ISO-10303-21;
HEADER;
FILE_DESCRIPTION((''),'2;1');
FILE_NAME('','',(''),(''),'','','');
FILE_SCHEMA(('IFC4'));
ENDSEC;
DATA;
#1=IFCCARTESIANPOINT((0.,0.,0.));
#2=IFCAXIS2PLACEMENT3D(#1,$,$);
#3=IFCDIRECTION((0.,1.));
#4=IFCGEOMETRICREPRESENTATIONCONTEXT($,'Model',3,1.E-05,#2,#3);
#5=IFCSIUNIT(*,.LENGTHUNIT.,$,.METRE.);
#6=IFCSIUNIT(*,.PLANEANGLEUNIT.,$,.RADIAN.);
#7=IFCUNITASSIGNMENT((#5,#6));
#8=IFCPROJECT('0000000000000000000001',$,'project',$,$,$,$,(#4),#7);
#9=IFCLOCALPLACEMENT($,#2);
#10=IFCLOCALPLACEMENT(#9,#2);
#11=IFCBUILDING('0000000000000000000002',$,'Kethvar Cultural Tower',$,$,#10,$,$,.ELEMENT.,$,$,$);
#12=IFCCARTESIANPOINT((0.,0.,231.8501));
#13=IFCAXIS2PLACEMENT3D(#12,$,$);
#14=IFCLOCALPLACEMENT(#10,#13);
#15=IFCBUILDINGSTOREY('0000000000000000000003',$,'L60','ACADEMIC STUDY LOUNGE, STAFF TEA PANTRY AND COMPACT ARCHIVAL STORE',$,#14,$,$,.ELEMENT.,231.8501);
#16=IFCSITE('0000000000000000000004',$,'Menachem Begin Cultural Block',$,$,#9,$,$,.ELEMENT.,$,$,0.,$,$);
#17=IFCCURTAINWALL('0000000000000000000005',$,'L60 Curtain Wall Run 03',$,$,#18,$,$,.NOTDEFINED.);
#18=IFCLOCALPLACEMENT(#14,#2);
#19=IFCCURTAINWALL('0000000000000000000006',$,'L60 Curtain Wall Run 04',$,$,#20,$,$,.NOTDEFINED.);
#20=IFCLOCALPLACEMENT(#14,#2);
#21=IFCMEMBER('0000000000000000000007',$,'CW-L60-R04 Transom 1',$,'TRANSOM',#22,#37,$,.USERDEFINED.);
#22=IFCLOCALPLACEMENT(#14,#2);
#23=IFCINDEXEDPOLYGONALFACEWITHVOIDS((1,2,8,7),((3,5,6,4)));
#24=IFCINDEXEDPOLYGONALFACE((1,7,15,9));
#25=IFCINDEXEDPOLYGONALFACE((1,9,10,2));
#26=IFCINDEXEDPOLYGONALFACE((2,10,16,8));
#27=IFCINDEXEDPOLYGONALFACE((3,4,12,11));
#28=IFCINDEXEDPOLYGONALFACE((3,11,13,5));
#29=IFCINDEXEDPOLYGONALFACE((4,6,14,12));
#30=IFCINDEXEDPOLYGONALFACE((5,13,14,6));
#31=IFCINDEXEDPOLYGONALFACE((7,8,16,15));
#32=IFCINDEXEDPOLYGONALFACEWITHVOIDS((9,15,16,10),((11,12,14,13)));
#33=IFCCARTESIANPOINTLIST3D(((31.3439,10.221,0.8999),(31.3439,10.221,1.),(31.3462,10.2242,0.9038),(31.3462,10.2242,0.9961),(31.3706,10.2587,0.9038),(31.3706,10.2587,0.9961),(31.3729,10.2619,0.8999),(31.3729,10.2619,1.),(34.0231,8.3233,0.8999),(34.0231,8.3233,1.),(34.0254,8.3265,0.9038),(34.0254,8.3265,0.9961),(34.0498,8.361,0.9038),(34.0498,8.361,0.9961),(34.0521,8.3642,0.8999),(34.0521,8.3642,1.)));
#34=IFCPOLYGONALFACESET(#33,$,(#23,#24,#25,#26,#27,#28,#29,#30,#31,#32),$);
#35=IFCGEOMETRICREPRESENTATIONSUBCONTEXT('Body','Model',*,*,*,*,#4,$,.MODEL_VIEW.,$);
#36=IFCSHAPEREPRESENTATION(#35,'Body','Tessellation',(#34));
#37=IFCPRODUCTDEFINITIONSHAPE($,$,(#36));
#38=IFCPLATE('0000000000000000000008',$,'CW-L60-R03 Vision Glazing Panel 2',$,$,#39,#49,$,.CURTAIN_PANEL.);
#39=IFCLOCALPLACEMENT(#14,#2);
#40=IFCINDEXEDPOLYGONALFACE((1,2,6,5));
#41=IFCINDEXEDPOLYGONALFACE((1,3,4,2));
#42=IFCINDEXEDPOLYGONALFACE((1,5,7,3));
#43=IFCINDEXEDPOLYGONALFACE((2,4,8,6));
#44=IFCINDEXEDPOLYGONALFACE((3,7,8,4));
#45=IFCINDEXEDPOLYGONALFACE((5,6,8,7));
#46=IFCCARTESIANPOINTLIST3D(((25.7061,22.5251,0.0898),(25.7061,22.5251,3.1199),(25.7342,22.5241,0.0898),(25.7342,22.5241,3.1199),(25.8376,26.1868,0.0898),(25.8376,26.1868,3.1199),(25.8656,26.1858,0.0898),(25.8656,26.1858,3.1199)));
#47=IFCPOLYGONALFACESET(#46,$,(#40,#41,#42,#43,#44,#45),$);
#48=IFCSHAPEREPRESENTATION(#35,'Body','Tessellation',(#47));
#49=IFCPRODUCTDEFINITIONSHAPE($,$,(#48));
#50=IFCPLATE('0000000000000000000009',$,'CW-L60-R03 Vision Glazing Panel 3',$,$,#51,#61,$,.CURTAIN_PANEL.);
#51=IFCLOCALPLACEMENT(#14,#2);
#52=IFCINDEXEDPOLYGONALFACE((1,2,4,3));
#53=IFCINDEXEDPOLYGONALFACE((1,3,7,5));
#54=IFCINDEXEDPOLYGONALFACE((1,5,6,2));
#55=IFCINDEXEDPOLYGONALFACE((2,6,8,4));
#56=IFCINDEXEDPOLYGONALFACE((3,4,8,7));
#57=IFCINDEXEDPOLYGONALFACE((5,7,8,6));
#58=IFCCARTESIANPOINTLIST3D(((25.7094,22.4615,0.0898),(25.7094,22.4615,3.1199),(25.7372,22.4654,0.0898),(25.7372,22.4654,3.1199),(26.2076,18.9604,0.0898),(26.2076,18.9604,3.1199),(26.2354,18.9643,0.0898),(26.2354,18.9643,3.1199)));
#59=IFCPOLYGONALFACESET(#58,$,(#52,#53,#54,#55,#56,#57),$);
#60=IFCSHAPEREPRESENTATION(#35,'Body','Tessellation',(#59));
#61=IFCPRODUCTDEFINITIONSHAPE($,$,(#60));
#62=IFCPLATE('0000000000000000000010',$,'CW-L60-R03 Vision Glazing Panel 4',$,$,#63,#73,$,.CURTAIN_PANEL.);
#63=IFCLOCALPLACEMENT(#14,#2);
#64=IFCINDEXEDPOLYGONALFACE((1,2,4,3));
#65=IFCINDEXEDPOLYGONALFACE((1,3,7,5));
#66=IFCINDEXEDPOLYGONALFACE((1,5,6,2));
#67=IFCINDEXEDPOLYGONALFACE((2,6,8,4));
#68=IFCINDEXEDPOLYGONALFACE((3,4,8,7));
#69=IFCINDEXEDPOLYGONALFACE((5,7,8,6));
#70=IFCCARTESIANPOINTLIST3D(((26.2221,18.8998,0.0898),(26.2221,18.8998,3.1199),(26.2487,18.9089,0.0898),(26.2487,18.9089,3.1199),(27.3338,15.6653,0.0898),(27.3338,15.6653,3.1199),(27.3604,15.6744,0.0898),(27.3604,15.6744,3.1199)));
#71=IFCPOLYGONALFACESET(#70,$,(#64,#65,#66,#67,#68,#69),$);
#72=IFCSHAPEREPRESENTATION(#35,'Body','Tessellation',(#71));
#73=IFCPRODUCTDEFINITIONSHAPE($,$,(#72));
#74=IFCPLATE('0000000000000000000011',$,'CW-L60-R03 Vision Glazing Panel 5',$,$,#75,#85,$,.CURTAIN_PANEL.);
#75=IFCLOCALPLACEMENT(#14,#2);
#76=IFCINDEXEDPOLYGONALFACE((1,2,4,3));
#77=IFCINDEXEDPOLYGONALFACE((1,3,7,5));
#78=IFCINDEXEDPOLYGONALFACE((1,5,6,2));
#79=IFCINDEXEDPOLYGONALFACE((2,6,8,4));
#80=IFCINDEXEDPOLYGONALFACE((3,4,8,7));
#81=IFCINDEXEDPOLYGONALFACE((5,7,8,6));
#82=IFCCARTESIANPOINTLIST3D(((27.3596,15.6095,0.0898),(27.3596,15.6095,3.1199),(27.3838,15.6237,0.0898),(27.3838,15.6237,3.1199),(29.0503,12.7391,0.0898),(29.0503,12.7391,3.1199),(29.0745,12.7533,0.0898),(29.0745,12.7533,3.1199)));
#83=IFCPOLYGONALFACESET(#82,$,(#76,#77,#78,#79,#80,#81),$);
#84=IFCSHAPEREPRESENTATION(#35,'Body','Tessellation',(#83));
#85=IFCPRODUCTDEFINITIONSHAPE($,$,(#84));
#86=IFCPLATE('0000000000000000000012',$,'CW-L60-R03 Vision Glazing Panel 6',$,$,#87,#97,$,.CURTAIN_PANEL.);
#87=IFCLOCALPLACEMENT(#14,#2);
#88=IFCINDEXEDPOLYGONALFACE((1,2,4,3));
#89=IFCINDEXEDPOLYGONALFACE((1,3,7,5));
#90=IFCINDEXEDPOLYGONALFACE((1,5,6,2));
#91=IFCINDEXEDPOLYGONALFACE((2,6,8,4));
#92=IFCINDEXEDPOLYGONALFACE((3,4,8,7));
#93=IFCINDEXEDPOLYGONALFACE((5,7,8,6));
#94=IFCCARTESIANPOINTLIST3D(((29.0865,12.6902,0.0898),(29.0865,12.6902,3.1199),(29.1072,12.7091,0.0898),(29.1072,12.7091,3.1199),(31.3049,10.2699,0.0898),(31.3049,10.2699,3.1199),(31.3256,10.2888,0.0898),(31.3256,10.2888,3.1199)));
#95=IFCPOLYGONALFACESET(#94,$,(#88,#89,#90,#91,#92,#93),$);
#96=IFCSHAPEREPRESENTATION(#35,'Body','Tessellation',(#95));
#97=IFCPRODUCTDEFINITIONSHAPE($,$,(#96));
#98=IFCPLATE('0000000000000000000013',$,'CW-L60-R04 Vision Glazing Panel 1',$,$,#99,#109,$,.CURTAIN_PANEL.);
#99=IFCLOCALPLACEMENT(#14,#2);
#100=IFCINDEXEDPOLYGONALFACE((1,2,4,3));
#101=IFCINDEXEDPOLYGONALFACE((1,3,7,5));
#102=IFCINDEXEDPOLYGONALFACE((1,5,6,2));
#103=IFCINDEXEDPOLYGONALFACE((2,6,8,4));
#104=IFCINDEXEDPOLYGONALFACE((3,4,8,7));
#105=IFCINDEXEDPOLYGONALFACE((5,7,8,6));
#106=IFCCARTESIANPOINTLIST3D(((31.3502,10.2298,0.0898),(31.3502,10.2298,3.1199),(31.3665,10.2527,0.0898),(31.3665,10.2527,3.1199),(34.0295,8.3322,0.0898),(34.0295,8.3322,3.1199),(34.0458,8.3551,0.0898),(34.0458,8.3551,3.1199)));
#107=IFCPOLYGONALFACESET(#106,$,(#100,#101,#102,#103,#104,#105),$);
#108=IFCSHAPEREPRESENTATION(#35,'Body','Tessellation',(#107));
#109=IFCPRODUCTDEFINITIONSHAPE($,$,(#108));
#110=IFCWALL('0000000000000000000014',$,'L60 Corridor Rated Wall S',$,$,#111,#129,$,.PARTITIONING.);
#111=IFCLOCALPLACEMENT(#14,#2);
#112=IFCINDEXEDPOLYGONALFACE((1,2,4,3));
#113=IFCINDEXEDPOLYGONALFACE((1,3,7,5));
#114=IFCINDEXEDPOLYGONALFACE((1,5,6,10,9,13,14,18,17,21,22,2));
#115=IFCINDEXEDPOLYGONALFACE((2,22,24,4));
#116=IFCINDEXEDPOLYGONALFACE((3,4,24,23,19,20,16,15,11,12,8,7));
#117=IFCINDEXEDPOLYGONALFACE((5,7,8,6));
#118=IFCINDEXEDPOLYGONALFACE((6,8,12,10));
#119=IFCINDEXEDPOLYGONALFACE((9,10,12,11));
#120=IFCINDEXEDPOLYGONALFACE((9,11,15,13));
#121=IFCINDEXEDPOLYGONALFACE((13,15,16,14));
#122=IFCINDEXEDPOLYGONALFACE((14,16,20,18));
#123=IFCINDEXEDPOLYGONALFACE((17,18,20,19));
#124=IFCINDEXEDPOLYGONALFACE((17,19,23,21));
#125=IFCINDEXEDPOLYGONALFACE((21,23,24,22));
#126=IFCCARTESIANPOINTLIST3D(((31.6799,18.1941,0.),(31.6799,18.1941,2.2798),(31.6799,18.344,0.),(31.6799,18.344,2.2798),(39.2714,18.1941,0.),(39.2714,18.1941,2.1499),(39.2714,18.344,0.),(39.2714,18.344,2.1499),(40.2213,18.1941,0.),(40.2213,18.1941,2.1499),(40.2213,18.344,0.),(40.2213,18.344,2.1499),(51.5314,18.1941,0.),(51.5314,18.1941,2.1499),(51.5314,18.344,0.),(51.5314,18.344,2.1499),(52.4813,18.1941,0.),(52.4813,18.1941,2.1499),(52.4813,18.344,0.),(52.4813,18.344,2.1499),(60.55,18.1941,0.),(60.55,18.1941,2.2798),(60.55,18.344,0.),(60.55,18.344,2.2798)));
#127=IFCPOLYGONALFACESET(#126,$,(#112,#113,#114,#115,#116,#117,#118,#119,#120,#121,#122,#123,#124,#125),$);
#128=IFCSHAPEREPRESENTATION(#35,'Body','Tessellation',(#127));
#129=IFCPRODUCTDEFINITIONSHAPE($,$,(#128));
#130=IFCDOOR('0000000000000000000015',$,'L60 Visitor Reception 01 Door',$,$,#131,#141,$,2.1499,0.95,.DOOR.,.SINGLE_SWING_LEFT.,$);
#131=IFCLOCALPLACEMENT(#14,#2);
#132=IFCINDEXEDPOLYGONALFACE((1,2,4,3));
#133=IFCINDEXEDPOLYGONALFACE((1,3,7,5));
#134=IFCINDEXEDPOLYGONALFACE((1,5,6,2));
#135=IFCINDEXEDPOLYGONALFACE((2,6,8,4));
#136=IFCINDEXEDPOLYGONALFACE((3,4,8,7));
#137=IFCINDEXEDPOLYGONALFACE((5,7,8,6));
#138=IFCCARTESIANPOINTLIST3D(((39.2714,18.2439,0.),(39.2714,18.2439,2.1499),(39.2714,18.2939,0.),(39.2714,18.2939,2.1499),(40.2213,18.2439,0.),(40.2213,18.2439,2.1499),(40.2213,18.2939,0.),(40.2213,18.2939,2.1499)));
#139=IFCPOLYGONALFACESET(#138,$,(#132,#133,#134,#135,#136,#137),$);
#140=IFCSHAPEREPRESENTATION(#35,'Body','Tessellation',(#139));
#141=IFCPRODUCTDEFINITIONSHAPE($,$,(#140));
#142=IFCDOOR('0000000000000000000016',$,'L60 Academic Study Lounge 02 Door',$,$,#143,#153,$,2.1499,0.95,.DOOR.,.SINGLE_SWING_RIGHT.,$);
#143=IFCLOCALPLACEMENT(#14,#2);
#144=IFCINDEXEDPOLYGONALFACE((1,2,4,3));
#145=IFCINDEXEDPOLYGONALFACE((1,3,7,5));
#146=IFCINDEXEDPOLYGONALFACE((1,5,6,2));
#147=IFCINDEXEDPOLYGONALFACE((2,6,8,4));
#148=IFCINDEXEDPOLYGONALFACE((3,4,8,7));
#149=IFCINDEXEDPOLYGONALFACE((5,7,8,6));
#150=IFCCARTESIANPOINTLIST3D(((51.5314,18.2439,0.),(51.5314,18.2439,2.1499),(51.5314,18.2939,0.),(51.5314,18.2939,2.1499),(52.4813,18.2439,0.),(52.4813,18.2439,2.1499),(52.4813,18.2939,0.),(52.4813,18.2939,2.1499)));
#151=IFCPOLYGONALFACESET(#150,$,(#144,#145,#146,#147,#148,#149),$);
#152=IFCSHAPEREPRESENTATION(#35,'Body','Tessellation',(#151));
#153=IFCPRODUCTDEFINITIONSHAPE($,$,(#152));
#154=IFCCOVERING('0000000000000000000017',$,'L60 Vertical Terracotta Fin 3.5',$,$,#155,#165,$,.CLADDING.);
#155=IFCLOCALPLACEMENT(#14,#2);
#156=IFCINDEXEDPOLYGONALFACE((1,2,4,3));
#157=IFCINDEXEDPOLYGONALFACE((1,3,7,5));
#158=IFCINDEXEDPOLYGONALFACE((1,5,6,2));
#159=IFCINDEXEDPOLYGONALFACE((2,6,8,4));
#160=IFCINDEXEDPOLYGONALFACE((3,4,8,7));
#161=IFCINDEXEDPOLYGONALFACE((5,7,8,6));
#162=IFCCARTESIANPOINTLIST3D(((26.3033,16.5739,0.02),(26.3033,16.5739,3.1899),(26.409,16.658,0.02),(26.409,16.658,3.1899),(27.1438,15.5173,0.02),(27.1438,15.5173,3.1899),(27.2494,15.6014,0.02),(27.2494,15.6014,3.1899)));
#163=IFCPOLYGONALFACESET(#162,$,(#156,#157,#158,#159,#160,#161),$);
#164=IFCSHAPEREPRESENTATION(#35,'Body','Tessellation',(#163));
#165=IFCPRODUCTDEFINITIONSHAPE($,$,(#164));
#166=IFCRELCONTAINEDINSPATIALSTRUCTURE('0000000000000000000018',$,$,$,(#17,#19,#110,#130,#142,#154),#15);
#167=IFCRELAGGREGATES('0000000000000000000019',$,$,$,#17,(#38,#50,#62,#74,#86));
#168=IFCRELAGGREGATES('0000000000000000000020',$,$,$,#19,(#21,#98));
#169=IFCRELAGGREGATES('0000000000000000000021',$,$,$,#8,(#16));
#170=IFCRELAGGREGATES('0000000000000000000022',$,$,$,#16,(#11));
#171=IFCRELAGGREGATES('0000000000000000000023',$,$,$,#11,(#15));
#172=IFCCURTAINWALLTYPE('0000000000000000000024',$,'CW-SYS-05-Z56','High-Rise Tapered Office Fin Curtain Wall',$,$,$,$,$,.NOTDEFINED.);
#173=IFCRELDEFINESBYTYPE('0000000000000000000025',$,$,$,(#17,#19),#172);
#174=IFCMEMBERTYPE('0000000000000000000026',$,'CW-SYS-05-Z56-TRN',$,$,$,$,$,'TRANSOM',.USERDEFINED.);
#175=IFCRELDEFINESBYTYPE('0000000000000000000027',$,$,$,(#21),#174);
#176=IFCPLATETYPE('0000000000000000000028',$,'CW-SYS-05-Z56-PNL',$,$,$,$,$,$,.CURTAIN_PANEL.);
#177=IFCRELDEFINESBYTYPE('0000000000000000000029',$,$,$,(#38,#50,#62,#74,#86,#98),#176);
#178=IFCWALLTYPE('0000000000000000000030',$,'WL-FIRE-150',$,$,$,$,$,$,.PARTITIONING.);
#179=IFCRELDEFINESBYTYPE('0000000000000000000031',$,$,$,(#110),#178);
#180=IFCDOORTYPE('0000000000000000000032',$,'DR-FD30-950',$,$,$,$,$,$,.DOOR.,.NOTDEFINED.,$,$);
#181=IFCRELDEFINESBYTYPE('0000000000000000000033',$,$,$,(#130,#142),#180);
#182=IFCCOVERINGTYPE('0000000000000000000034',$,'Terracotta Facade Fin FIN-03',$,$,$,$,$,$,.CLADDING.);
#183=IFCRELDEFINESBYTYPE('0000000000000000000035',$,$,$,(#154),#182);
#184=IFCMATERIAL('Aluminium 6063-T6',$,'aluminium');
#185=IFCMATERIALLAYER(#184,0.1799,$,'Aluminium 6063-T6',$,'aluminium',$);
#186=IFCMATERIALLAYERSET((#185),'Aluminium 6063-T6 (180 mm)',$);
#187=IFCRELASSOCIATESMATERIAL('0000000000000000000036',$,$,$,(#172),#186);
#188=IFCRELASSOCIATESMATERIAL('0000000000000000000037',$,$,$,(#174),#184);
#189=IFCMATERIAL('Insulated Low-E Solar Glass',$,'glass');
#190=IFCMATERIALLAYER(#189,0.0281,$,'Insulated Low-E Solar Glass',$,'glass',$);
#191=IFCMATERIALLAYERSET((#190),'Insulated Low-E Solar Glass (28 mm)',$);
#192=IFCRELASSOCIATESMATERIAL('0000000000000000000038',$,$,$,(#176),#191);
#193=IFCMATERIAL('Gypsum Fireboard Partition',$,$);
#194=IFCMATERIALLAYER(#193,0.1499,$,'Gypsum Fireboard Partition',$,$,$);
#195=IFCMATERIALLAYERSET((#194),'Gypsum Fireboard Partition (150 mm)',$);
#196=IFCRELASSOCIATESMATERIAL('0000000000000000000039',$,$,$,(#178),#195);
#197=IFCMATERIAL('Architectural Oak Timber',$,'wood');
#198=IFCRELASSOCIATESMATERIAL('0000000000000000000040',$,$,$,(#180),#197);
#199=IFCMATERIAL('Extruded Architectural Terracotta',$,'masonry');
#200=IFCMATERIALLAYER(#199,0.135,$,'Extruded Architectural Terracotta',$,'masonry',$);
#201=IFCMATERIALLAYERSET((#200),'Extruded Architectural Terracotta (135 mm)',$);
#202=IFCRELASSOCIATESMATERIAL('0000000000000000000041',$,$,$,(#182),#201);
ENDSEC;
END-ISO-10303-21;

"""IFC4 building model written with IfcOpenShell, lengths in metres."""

from ifc_helpers import new_model, si_unit, direction, frame, frame_2d, origin, origin_2d, place, context, subcontext, project, spatial, rectangle, hollow_rectangle, extrude, source, transform, mapped, material, layer, layer_set, material_profile, profile_set, type_object, element, fill, aggregate, save


model = new_model("IFC4")

# Units and contexts
model_context = context("Model", 3, precision=1e-05, world=origin(), true_north=direction((0.0, 1.0)))
body_context = subcontext(model_context, "Body", "Model", "MODEL_VIEW")
ifc_project = project(units=[si_unit("LENGTHUNIT", "METRE"), si_unit("PLANEANGLEUNIT", "RADIAN")], contexts=[model_context])

# Site, building, storey
site_placement = place(None, origin())
site = spatial("IfcSite", under=ifc_project, at=site_placement, Name="Menachem Begin Cultural Block", CompositionType="ELEMENT", RefElevation=0.0)
building_placement = place(site_placement, origin())
building = spatial("IfcBuilding", under=site, at=building_placement, Name="Kethvar Cultural Tower", CompositionType="ELEMENT")
storey_placement = place(building_placement, frame((0.0, 0.0, 231.8501)))
storey = spatial("IfcBuildingStorey", under=building, at=storey_placement, Name="L60", Description="ACADEMIC STUDY LOUNGE, STAFF TEA PANTRY AND COMPACT ARCHIVAL STORE", CompositionType="ELEMENT", Elevation=231.8501)

# Curtain wall
ifc_material_1 = material(Name="Aluminium 6063-T6", Category="aluminium")
ifc_layer_1 = layer(ifc_material_1, 0.1799, Name="Aluminium 6063-T6", Category="aluminium")
ifc_layer_set_1 = layer_set([ifc_layer_1], Name="Aluminium 6063-T6 (180 mm)")
curtain_wall_type = type_object("IfcCurtainWallType", Name="CW-SYS-05-Z56", Description="High-Rise Tapered Office Fin Curtain Wall", PredefinedType="NOTDEFINED", material=ifc_layer_set_1)
curtain_wall_1_placement = place(storey_placement, origin())
curtain_wall_1 = element("IfcCurtainWall", 1, at=curtain_wall_1_placement, inside=storey, type_object=curtain_wall_type, Name="L60 Curtain Wall Run 03", PredefinedType="NOTDEFINED")
ifc_material_profile_1 = material_profile(ifc_material_1, hollow_rectangle(XDim=0.05, YDim=0.1001, WallThickness=0.0039, at=origin_2d()), Name="Aluminium 6063-T6 — RHS100x50x4")
ifc_profile_set_1 = profile_set([ifc_material_profile_1], Name="Aluminium 6063-T6 — RHS100x50x4")
member_type_1 = type_object("IfcMemberType", Name="CW-SYS-05-Z56-TRN", ElementType="TRANSOM", PredefinedType="USERDEFINED", material=ifc_profile_set_1)
shared_shape_1 = source(origin(), body_context, "Body", "SweptSolid", [
    extrude(hollow_rectangle(XDim=0.05, YDim=0.1001, WallThickness=0.0039, at=origin_2d()), origin(), (0.0, 0.0, 1.0), 3.2832),
])

# Curtain wall, member
curtain_wall_2_placement = place(storey_placement, origin())
curtain_wall_2 = element("IfcCurtainWall", 2, at=curtain_wall_2_placement, inside=storey, type_object=curtain_wall_type, Name="L60 Curtain Wall Run 04", PredefinedType="NOTDEFINED")
member_1_placement = place(storey_placement, frame((31.3584, 10.2415, 0.95), z_axis=(0.816033, -0.578005, 0.0), x_axis=(0.578005, 0.816033, 0.0)))
member_1 = element("IfcMember", 3, at=member_1_placement, type_object=member_type_1, Name="CW-L60-R04 Transom 1", ObjectType="TRANSOM", PredefinedType="USERDEFINED", context=body_context, shape_type="MappedRepresentation", body=[
    mapped(shared_shape_1, transform((0.0, 0.0, 0.0), scale=1.0)),
])

# Plates
ifc_material_2 = material(Name="Insulated Low-E Solar Glass", Category="glass")
ifc_layer_2 = layer(ifc_material_2, 0.0281, Name="Insulated Low-E Solar Glass", Category="glass")
ifc_layer_set_2 = layer_set([ifc_layer_2], Name="Insulated Low-E Solar Glass (28 mm)")
plate_type = type_object("IfcPlateType", Name="CW-SYS-05-Z56-PNL", PredefinedType="CURTAIN_PANEL", material=ifc_layer_set_2)
shared_shape_2 = source(origin(), body_context, "Body", "SweptSolid", [
    extrude(rectangle(XDim=3.6641, YDim=0.0281, at=origin_2d()), origin(), (0.0, 0.0, 1.0), 3.03),
])
plate_1_placement = place(storey_placement, frame((25.7859, 24.3555, 0.0898), z_axis=(0.0, 0.0, 1.0), x_axis=(-0.035876, -0.999356, 0.0)))
plate_1 = element("IfcPlate", 4, at=plate_1_placement, type_object=plate_type, Name="CW-L60-R03 Vision Glazing Panel 2", PredefinedType="CURTAIN_PANEL", context=body_context, shape_type="MappedRepresentation", body=[
    mapped(shared_shape_2, transform((0.0, 0.0, 0.0), scale=1.0)),
])
shared_shape_3 = source(origin(), body_context, "Body", "SweptSolid", [
    extrude(rectangle(XDim=3.5364, YDim=0.0281, at=origin_2d()), origin(), (0.0, 0.0, 1.0), 3.03),
])
plate_2_placement = place(storey_placement, frame((25.9724, 20.7129, 0.0898), z_axis=(0.0, 0.0, 1.0), x_axis=(0.140867, -0.990029, 0.0)))
plate_2 = element("IfcPlate", 5, at=plate_2_placement, type_object=plate_type, Name="CW-L60-R03 Vision Glazing Panel 3", PredefinedType="CURTAIN_PANEL", context=body_context, shape_type="MappedRepresentation", body=[
    mapped(shared_shape_3, transform((0.0, 0.0, 0.0), scale=1.0)),
])
shared_shape_4 = source(origin(), body_context, "Body", "SweptSolid", [
    extrude(rectangle(XDim=3.4202, YDim=0.0281, at=origin_2d()), origin(), (0.0, 0.0, 1.0), 3.03),
])
plate_3_placement = place(storey_placement, frame((26.7913, 17.2871, 0.0898), z_axis=(0.0, 0.0, 1.0), x_axis=(0.32504, -0.9457, 0.0)))
plate_3 = element("IfcPlate", 6, at=plate_3_placement, type_object=plate_type, Name="CW-L60-R03 Vision Glazing Panel 4", PredefinedType="CURTAIN_PANEL", context=body_context, shape_type="MappedRepresentation", body=[
    mapped(shared_shape_4, transform((0.0, 0.0, 0.0), scale=1.0)),
])
shared_shape_5 = source(origin(), body_context, "Body", "SweptSolid", [
    extrude(rectangle(XDim=3.3313, YDim=0.0281, at=origin_2d()), origin(), (0.0, 0.0, 1.0), 3.03),
])
plate_4_placement = place(storey_placement, frame((28.217, 14.1814, 0.0898), z_axis=(0.0, 0.0, 1.0), x_axis=(0.507523, -0.861638, 0.0)))
plate_4 = element("IfcPlate", 7, at=plate_4_placement, type_object=plate_type, Name="CW-L60-R03 Vision Glazing Panel 5", PredefinedType="CURTAIN_PANEL", context=body_context, shape_type="MappedRepresentation", body=[
    mapped(shared_shape_5, transform((0.0, 0.0, 0.0), scale=1.0)),
])
shared_shape_6 = source(origin(), body_context, "Body", "SweptSolid", [
    extrude(rectangle(XDim=3.2832, YDim=0.0281, at=origin_2d()), origin(), (0.0, 0.0, 1.0), 3.03),
])
plate_5_placement = place(storey_placement, frame((30.2061, 11.4895, 0.0898), z_axis=(0.0, 0.0, 1.0), x_axis=(0.675706, -0.737171, 0.0)))
plate_5 = element("IfcPlate", 8, at=plate_5_placement, type_object=plate_type, Name="CW-L60-R03 Vision Glazing Panel 6", PredefinedType="CURTAIN_PANEL", context=body_context, shape_type="MappedRepresentation", body=[
    mapped(shared_shape_6, transform((0.0, 0.0, 0.0), scale=1.0)),
])
aggregate(curtain_wall_1, [plate_1, plate_2, plate_3, plate_4, plate_5])
plate_6_placement = place(storey_placement, frame((32.698, 9.2925, 0.0898), z_axis=(0.0, 0.0, 1.0), x_axis=(0.816057, -0.577972, 0.0)))
plate_6 = element("IfcPlate", 9, at=plate_6_placement, type_object=plate_type, Name="CW-L60-R04 Vision Glazing Panel 1", PredefinedType="CURTAIN_PANEL", context=body_context, shape_type="MappedRepresentation", body=[
    mapped(shared_shape_6, transform((0.0, 0.0, 0.0), scale=1.0)),
])
aggregate(curtain_wall_2, [member_1, plate_6])

# Wall, openings, doors
ifc_material_3 = material(Name="Gypsum Fireboard Partition")
ifc_layer_3 = layer(ifc_material_3, 0.1499, Name="Gypsum Fireboard Partition")
ifc_layer_set_3 = layer_set([ifc_layer_3], Name="Gypsum Fireboard Partition (150 mm)")
wall_type = type_object("IfcWallType", Name="WL-FIRE-150", PredefinedType="PARTITIONING", material=ifc_layer_set_3)
wall_placement = place(storey_placement, frame((31.6799, 18.269, 0.0), z_axis=(0.0, 0.0, 1.0), x_axis=(1.0, 0.0, 0.0)))
wall = element("IfcWall", 10, at=wall_placement, inside=storey, type_object=wall_type, Name="L60 Corridor Rated Wall S", PredefinedType="PARTITIONING", context=body_context, shape_type="SweptSolid", body=[
    extrude(rectangle(XDim=28.8701, YDim=0.1499, at=frame_2d((14.4351, 0.0))), origin(), (0.0, 0.0, 1.0), 2.2798),
])
opening_1_placement = place(wall_placement, frame((7.5913, 0.0, 0.0)))
opening_1 = element("IfcOpeningElement", 11, at=opening_1_placement, cuts=wall, PredefinedType="OPENING", context=body_context, shape_type="SweptSolid", body=[
    extrude(rectangle(XDim=0.95, YDim=2.1499, at=frame_2d((0.4751, 1.075))), frame((0.0, 0.085, 0.0), z_axis=(0.0, -1.0, 0.0), x_axis=(1.0, 0.0, 0.0)), (0.0, 0.0, 1.0), 0.1699),
])
opening_2_placement = place(wall_placement, frame((19.8513, 0.0, 0.0)))
opening_2 = element("IfcOpeningElement", 12, at=opening_2_placement, cuts=wall, PredefinedType="OPENING", context=body_context, shape_type="SweptSolid", body=[
    extrude(rectangle(XDim=0.95, YDim=2.1499, at=frame_2d((0.4751, 1.075))), frame((0.0, 0.085, 0.0), z_axis=(0.0, -1.0, 0.0), x_axis=(1.0, 0.0, 0.0)), (0.0, 0.0, 1.0), 0.1699),
])
ifc_material_4 = material(Name="Architectural Oak Timber", Category="wood")
door_type = type_object("IfcDoorType", Name="DR-FD30-950", OperationType="NOTDEFINED", PredefinedType="DOOR", material=ifc_material_4)
shared_shape_7 = source(origin(), body_context, "Body", "SweptSolid", [
    extrude(rectangle(XDim=0.95, YDim=2.1499, at=frame_2d((0.4751, 1.075))), frame((0.0, 0.0249, 0.0), z_axis=(0.0, -1.0, 0.0), x_axis=(1.0, 0.0, 0.0)), (0.0, 0.0, 1.0), 0.05),
])
door_1_placement = place(opening_1_placement, origin())
door_1 = element("IfcDoor", 13, at=door_1_placement, inside=storey, type_object=door_type, Name="L60 Visitor Reception 01 Door", OperationType="SINGLE_SWING_LEFT", OverallHeight=2.1499, OverallWidth=0.95, PredefinedType="DOOR", context=body_context, shape_type="MappedRepresentation", body=[
    mapped(shared_shape_7, transform((0.0, 0.0, 0.0), scale=1.0)),
])
fill(opening_1, door_1)
door_2_placement = place(opening_2_placement, origin())
door_2 = element("IfcDoor", 14, at=door_2_placement, inside=storey, type_object=door_type, Name="L60 Academic Study Lounge 02 Door", OperationType="SINGLE_SWING_RIGHT", OverallHeight=2.1499, OverallWidth=0.95, PredefinedType="DOOR", context=body_context, shape_type="MappedRepresentation", body=[
    mapped(shared_shape_7, transform((0.0, 0.0, 0.0), scale=1.0)),
])
fill(opening_2, door_2)

# Covering
ifc_material_5 = material(Name="Extruded Architectural Terracotta", Category="masonry")
ifc_layer_4 = layer(ifc_material_5, 0.135, Name="Extruded Architectural Terracotta", Category="masonry")
ifc_layer_set_4 = layer_set([ifc_layer_4], Name="Extruded Architectural Terracotta (135 mm)")
covering_type = type_object("IfcCoveringType", Name="Terracotta Facade Fin FIN-03", PredefinedType="CLADDING", material=ifc_layer_set_4)
shared_shape_8 = source(origin(), body_context, "Body", "SweptSolid", [
    extrude(rectangle(XDim=1.3501, YDim=0.135, at=origin_2d()), origin(), (0.0, 0.0, 1.0), 3.1699),
])
for number, where, z_axis, x_axis, name in (
    (15, (26.7764, 16.0876, 0.02), (0.0, 0.0, 1.0), (-0.622515, 0.782608, 0.0), "L60 Vertical Terracotta Fin 3.5"),
):
    element("IfcCovering", number, at=place(storey_placement, frame(where, z_axis=z_axis, x_axis=x_axis)), inside=storey, type_object=covering_type, Name=name, PredefinedType="CLADDING", context=body_context, shape_type="MappedRepresentation", body=[
        mapped(shared_shape_8, transform((0.0, 0.0, 0.0), scale=1.0)),
    ])

save(model, "model.ifc")
